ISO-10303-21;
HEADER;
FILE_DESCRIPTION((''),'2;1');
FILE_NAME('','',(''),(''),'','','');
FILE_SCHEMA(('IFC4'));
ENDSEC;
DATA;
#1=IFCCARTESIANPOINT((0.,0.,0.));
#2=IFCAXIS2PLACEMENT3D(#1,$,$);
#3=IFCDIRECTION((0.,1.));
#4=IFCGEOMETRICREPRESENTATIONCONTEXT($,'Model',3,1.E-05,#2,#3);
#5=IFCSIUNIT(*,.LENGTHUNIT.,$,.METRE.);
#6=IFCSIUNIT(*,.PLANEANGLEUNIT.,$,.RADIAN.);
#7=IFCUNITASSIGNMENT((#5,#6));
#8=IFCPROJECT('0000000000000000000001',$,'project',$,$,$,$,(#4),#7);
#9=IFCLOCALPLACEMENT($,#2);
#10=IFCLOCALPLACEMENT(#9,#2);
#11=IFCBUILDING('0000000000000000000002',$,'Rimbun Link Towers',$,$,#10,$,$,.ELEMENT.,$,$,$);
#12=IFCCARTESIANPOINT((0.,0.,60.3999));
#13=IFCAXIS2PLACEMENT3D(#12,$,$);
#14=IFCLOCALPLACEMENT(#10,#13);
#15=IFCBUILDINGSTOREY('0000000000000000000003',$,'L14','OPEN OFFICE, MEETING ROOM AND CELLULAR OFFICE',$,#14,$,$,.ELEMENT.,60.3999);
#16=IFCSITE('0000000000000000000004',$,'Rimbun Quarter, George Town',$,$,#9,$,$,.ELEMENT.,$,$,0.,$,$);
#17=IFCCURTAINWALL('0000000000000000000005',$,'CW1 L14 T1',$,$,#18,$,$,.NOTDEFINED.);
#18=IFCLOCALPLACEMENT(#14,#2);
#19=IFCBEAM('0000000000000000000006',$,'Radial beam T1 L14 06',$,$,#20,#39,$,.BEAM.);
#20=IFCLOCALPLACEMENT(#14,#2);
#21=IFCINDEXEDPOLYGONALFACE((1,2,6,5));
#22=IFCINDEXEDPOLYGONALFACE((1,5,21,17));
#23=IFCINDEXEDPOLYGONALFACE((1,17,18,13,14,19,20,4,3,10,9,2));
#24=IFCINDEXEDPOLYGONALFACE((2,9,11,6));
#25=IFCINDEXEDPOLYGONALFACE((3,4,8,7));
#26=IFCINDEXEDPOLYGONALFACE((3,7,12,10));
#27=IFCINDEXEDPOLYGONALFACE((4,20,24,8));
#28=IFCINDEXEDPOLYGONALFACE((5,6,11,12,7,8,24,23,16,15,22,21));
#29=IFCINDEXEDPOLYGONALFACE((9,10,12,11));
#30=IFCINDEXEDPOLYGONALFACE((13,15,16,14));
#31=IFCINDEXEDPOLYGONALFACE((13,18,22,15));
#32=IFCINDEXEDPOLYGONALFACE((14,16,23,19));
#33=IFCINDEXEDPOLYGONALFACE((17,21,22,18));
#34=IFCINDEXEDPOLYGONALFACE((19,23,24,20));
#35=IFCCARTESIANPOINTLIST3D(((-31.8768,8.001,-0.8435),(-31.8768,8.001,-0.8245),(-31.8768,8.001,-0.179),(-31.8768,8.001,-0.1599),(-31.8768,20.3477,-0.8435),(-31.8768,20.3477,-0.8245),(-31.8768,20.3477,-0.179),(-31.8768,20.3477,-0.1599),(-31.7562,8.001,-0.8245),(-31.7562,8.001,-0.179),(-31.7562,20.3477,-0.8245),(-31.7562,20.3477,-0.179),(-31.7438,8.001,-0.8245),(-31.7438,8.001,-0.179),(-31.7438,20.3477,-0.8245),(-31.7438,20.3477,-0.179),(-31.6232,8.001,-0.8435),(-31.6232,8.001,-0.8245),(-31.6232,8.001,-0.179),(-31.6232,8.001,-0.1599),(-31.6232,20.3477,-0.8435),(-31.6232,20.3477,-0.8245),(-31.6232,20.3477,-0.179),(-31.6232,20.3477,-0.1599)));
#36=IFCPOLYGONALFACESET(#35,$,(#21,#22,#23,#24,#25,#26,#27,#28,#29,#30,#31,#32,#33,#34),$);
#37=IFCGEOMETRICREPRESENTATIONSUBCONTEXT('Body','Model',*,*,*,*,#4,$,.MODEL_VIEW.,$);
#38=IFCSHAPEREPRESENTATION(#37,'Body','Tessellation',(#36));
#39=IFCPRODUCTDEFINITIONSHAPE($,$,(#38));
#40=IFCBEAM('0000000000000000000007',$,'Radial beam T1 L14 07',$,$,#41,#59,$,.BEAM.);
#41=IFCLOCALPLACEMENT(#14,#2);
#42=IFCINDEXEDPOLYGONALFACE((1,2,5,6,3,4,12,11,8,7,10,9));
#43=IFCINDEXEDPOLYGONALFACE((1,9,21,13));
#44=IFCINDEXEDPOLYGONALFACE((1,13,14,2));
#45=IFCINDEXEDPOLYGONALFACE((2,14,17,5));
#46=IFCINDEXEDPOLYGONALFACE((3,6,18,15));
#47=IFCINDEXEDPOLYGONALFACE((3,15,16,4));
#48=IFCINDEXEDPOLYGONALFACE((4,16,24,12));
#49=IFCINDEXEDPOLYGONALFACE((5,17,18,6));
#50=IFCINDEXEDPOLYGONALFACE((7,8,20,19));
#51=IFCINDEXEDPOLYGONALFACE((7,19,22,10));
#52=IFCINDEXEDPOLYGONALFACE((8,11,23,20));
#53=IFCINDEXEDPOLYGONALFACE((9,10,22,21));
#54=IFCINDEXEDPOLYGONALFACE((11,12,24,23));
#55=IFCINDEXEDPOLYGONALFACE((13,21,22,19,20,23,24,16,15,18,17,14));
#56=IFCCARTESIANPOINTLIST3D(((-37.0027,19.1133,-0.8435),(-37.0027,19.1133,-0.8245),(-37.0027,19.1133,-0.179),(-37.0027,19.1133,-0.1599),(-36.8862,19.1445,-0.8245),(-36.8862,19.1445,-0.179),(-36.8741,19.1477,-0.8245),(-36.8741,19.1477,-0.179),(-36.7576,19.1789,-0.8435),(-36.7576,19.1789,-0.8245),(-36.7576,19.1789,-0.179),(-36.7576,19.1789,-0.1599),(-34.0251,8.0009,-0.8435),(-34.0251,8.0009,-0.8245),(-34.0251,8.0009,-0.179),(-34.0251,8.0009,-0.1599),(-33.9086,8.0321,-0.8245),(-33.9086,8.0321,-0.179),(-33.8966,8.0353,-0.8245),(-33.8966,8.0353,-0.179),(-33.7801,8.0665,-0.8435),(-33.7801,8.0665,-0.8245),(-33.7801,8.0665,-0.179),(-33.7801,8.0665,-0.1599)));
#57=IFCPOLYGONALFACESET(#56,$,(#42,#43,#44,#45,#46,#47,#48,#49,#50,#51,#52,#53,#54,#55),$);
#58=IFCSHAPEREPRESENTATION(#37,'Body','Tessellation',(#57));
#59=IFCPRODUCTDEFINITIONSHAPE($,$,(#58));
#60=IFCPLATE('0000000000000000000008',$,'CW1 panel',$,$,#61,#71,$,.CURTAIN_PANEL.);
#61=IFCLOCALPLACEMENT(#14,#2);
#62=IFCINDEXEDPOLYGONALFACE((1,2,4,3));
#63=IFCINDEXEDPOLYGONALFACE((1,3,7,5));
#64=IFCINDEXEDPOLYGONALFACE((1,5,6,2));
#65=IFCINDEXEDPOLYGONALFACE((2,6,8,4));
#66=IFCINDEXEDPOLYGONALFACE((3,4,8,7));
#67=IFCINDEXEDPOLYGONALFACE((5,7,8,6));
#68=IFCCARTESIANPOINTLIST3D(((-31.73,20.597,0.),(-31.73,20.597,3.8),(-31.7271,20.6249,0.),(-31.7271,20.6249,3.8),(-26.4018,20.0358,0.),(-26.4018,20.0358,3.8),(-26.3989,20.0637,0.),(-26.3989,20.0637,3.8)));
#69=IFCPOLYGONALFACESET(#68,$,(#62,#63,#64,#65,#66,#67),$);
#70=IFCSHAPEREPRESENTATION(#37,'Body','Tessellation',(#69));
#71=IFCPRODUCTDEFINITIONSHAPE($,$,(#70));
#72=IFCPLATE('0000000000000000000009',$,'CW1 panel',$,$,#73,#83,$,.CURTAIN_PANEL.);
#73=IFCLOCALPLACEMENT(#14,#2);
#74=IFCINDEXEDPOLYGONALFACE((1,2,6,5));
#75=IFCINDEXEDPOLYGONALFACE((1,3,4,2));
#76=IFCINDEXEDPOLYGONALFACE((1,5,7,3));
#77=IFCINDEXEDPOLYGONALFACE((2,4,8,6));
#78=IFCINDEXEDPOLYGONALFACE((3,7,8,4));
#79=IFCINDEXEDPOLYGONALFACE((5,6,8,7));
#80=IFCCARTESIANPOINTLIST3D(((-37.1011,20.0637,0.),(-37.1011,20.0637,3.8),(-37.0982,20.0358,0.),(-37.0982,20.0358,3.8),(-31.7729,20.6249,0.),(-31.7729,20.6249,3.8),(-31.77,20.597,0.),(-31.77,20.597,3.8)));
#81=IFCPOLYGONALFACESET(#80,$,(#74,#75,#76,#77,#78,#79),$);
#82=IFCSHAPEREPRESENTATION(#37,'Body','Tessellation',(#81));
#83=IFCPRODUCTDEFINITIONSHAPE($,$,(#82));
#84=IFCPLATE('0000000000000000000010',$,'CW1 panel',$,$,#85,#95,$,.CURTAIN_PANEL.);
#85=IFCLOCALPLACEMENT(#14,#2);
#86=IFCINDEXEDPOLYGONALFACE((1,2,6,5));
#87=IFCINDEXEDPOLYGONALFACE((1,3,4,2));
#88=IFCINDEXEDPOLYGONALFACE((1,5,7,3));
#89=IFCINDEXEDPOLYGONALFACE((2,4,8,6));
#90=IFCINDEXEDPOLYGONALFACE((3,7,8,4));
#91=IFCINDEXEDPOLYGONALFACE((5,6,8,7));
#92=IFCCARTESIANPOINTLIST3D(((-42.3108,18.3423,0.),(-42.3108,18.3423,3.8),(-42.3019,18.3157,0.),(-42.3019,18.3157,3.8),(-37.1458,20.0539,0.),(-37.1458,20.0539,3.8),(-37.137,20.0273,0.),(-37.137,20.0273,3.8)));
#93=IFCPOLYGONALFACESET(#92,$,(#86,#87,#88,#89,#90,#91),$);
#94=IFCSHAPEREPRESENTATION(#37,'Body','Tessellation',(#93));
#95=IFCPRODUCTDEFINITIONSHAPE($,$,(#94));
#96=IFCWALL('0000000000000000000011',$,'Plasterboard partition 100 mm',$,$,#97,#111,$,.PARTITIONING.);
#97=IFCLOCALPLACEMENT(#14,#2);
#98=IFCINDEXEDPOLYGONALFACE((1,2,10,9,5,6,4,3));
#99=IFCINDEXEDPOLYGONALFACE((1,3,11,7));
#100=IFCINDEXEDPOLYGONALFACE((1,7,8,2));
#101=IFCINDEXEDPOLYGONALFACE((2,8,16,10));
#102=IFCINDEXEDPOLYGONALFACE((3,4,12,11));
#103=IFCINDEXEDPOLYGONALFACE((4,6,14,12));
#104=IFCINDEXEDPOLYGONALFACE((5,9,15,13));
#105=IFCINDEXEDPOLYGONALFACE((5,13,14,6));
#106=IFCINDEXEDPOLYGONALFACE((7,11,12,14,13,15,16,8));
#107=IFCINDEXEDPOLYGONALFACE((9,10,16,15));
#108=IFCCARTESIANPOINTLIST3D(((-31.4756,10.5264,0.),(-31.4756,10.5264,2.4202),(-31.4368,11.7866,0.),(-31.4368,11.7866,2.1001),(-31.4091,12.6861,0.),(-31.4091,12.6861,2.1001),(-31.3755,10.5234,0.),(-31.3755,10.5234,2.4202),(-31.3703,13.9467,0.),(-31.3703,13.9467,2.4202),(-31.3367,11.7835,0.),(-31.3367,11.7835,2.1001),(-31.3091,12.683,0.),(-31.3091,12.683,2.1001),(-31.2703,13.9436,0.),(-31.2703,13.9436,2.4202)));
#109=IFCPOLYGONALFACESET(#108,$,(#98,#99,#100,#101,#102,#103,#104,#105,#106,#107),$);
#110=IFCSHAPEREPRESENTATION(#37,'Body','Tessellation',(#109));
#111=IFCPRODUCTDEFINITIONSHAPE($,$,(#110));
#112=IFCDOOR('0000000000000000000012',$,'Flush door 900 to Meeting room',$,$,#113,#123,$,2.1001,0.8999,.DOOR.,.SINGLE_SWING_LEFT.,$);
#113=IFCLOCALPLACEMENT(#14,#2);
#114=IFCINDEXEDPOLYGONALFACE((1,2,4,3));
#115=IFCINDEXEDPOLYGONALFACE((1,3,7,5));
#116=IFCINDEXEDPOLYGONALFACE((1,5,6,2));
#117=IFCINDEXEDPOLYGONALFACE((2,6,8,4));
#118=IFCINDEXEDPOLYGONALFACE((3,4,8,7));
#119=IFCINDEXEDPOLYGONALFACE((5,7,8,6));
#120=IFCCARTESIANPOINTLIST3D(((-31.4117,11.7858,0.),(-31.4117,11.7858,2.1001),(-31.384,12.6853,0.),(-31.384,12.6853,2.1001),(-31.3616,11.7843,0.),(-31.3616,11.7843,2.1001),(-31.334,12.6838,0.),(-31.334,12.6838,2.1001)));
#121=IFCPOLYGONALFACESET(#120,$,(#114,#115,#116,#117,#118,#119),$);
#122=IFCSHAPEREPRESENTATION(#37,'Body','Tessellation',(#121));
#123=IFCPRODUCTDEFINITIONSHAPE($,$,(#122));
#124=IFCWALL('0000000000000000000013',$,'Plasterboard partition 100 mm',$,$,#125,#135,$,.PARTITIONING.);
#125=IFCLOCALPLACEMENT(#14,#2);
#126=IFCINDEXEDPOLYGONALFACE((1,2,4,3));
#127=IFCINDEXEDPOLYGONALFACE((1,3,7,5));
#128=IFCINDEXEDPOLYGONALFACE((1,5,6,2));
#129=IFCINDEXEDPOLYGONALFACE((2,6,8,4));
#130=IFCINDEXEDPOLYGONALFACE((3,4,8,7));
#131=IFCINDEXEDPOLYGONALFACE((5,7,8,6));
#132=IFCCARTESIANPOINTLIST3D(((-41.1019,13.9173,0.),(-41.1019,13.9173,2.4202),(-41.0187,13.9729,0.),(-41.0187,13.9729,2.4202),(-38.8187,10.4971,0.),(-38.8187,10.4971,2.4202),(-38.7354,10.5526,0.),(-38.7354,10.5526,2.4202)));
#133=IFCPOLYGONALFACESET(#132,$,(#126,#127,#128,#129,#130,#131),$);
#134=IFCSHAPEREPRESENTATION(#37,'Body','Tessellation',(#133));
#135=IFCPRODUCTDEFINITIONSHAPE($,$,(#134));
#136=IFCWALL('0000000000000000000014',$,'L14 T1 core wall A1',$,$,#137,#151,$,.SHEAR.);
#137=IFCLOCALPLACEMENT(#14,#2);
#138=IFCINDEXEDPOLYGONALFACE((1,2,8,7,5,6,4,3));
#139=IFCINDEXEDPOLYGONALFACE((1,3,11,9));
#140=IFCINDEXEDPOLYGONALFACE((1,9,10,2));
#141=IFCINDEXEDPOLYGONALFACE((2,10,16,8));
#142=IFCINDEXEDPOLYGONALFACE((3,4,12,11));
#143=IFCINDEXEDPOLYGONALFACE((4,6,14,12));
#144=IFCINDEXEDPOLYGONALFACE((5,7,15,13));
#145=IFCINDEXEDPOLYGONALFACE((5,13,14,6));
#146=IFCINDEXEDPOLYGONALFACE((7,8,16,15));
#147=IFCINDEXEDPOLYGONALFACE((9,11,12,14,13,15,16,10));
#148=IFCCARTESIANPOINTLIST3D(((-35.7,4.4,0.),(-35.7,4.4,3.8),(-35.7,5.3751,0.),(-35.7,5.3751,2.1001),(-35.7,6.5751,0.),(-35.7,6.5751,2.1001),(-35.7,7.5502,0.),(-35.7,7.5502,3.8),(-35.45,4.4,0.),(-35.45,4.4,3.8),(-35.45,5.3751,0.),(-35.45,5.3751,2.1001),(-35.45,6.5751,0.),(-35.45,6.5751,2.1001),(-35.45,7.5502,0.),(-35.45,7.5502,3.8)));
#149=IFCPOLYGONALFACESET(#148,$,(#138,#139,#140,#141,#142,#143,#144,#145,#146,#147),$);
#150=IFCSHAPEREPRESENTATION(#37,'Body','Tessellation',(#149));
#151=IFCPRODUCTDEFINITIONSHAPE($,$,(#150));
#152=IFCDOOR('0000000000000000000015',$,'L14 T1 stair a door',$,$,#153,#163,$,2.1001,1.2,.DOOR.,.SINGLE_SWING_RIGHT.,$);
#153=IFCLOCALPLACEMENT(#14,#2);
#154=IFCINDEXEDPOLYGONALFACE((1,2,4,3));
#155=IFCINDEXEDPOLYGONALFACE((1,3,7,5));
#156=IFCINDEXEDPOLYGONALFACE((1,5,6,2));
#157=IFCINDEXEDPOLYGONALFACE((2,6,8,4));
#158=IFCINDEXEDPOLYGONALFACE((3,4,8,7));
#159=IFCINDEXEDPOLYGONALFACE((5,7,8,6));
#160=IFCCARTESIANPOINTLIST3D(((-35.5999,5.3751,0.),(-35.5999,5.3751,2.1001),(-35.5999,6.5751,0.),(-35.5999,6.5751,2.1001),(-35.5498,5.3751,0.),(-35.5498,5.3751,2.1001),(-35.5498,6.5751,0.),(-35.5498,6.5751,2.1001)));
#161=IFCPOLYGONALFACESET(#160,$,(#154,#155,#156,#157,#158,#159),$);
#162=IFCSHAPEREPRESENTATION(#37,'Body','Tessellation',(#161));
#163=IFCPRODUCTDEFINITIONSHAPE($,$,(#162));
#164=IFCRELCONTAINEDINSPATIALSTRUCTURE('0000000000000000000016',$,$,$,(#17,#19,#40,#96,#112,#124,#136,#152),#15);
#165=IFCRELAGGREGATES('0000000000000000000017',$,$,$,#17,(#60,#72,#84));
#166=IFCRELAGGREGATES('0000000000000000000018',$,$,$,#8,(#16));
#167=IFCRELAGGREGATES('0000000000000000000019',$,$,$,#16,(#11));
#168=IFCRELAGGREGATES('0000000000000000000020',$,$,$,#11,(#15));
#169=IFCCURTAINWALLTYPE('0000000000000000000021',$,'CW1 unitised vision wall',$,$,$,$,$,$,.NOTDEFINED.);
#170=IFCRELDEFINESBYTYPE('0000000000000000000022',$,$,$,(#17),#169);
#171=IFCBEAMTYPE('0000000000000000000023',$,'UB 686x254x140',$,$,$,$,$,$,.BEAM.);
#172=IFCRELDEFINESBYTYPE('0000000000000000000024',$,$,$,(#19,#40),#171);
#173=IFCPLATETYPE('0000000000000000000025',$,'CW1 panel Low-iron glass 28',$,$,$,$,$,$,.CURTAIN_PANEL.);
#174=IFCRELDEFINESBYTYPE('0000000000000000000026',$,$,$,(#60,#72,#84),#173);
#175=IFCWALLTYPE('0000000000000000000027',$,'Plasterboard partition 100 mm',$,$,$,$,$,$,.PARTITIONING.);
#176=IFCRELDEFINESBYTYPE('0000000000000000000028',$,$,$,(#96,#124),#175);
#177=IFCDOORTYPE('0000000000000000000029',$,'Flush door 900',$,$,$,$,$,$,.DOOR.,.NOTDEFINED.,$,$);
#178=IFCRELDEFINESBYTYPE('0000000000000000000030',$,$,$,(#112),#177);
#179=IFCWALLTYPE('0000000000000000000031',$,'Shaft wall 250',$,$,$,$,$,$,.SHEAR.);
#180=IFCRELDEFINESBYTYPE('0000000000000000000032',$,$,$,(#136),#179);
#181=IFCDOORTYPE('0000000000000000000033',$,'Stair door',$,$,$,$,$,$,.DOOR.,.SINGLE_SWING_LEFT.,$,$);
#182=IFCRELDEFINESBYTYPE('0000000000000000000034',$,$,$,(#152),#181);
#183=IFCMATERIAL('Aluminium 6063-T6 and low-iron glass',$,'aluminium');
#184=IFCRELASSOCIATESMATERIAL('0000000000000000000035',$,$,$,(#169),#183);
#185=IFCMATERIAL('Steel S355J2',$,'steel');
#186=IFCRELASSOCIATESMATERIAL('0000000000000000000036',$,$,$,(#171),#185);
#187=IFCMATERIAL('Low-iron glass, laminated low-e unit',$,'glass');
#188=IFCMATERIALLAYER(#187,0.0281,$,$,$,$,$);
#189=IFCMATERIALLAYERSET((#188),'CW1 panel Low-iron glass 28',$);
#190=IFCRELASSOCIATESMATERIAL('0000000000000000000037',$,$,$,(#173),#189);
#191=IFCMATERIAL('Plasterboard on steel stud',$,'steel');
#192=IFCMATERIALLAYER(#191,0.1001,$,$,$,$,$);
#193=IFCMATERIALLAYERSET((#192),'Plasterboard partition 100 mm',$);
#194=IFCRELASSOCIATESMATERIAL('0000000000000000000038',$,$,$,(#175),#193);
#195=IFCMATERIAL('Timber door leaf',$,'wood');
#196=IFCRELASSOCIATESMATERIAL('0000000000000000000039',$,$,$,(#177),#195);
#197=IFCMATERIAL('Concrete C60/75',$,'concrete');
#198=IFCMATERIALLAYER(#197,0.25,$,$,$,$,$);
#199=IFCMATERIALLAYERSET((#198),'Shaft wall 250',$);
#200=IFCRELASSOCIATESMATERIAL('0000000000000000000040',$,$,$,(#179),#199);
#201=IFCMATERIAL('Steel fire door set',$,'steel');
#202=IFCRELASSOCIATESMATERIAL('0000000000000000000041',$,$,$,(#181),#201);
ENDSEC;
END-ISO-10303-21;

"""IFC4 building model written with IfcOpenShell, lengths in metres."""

from ifc_helpers import new_model, si_unit, direction, frame, frame_2d, origin, origin_2d, place, context, subcontext, project, spatial, rectangle, i_section, extrude, material, layer, layer_set, material_profile, profile_set, type_object, element, fill, aggregate, save


model = new_model("IFC4")

# Units and contexts
model_context = context("Model", 3, precision=1e-05, world=origin(), true_north=direction((0.0, 1.0)))
body_context = subcontext(model_context, "Body", "Model", "MODEL_VIEW")
ifc_project = project(units=[si_unit("LENGTHUNIT", "METRE"), si_unit("PLANEANGLEUNIT", "RADIAN")], contexts=[model_context])

# Site, building, storey
site_placement = place(None, origin())
site = spatial("IfcSite", under=ifc_project, at=site_placement, Name="Rimbun Quarter, George Town", CompositionType="ELEMENT", RefElevation=0.0)
building_placement = place(site_placement, origin())
building = spatial("IfcBuilding", under=site, at=building_placement, Name="Rimbun Link Towers", CompositionType="ELEMENT")
storey_placement = place(building_placement, frame((0.0, 0.0, 60.3999)))
storey = spatial("IfcBuildingStorey", under=building, at=storey_placement, Name="L14", Description="OPEN OFFICE, MEETING ROOM AND CELLULAR OFFICE", CompositionType="ELEMENT", Elevation=60.3999)

# Curtain wall
ifc_material_1 = material(Name="Aluminium 6063-T6 and low-iron glass", Category="aluminium")
curtain_wall_type = type_object("IfcCurtainWallType", Name="CW1 unitised vision wall", PredefinedType="NOTDEFINED", material=ifc_material_1)
curtain_wall_placement = place(storey_placement, origin())
curtain_wall = element("IfcCurtainWall", 1, at=curtain_wall_placement, inside=storey, type_object=curtain_wall_type, Name="CW1 L14 T1", PredefinedType="NOTDEFINED")

# Beams
ifc_material_2 = material(Name="Steel S355J2", Category="steel")
ifc_material_profile_1 = material_profile(ifc_material_2, i_section(OverallWidth=0.2537, OverallDepth=0.6836, WebThickness=0.0125, FlangeThickness=0.019, at=origin_2d()), Name="UB 686x254x140")
ifc_profile_set_1 = profile_set([ifc_material_profile_1], Name="Steel S355J2")
beam_type_1 = type_object("IfcBeamType", Name="UB 686x254x140", PredefinedType="BEAM", material=ifc_profile_set_1)
beam_1_placement = place(storey_placement, frame((-31.75, 8.001, -0.5017), z_axis=(0.0, 1.0, 0.0), x_axis=(-1.0, 0.0, 0.0)))
element("IfcBeam", 2, at=beam_1_placement, inside=storey, type_object=beam_type_1, Name="Radial beam T1 L14 06", PredefinedType="BEAM", context=body_context, shape_type="SweptSolid", body=[
    extrude(i_section(OverallWidth=0.2537, OverallDepth=0.6836, WebThickness=0.0125, FlangeThickness=0.019, at=origin_2d()), origin(), (0.0, 0.0, 1.0), 12.3467),
])
beam_2_placement = place(storey_placement, frame((-33.9026, 8.0337, -0.5017), z_axis=(-0.25882, 0.965926, 0.0), x_axis=(-0.965926, -0.25882, 0.0)))
element("IfcBeam", 3, at=beam_2_placement, inside=storey, type_object=beam_type_1, Name="Radial beam T1 L14 07", PredefinedType="BEAM", context=body_context, shape_type="SweptSolid", body=[
    extrude(i_section(OverallWidth=0.2537, OverallDepth=0.6836, WebThickness=0.0125, FlangeThickness=0.019, at=origin_2d()), origin(), (0.0, 0.0, 1.0), 11.5044),
])

# Plates
ifc_material_3 = material(Name="Low-iron glass, laminated low-e unit", Category="glass")
ifc_layer_1 = layer(ifc_material_3, 0.0281)
ifc_layer_set_1 = layer_set([ifc_layer_1], Name="CW1 panel Low-iron glass 28")
plate_type = type_object("IfcPlateType", Name="CW1 panel Low-iron glass 28", PredefinedType="CURTAIN_PANEL", material=ifc_layer_set_1)
plate_1_placement = place(storey_placement, frame((-29.0645, 20.3303, 0.0), z_axis=(0.0, 0.0, 1.0), x_axis=(0.994499, -0.104748, 0.0)))
plate_1 = element("IfcPlate", 4, at=plate_1_placement, type_object=plate_type, Name="CW1 panel", PredefinedType="CURTAIN_PANEL", context=body_context, shape_type="SweptSolid", body=[
    extrude(rectangle(XDim=5.3577, YDim=0.0281, at=origin_2d()), origin(), (0.0, 0.0, 1.0), 3.8),
])
plate_2_placement = place(storey_placement, frame((-34.4355, 20.3303, 0.0), z_axis=(0.0, 0.0, 1.0), x_axis=(0.994499, 0.104748, 0.0)))
plate_2 = element("IfcPlate", 5, at=plate_2_placement, type_object=plate_type, Name="CW1 panel", PredefinedType="CURTAIN_PANEL", context=body_context, shape_type="SweptSolid", body=[
    extrude(rectangle(XDim=5.3577, YDim=0.0281, at=origin_2d()), origin(), (0.0, 0.0, 1.0), 3.8),
])
plate_3_placement = place(storey_placement, frame((-39.7239, 19.1848, 0.0), z_axis=(0.0, 0.0, 1.0), x_axis=(0.949236, 0.314563, 0.0)))
plate_3 = element("IfcPlate", 6, at=plate_3_placement, type_object=plate_type, Name="CW1 panel", PredefinedType="CURTAIN_PANEL", context=body_context, shape_type="SweptSolid", body=[
    extrude(rectangle(XDim=5.4412, YDim=0.0281, at=origin_2d()), origin(), (0.0, 0.0, 1.0), 3.8),
])
aggregate(curtain_wall, [plate_1, plate_2, plate_3])

# Wall, opening, door
ifc_material_4 = material(Name="Plasterboard on steel stud", Category="steel")
ifc_layer_2 = layer(ifc_material_4, 0.1001)
ifc_layer_set_2 = layer_set([ifc_layer_2], Name="Plasterboard partition 100 mm")
wall_type_1 = type_object("IfcWallType", Name="Plasterboard partition 100 mm", PredefinedType="PARTITIONING", material=ifc_layer_set_2)
wall_1_placement = place(storey_placement, frame((-31.4255, 10.5249, 0.0), z_axis=(0.0, 0.0, 1.0), x_axis=(0.030751, 0.999527, 0.0)))
wall_1 = element("IfcWall", 7, at=wall_1_placement, inside=storey, type_object=wall_type_1, Name="Plasterboard partition 100 mm", PredefinedType="PARTITIONING", context=body_context, shape_type="SweptSolid", body=[
    extrude(rectangle(XDim=3.4219, YDim=0.1001, at=frame_2d((1.7109, 0.0))), origin(), (0.0, 0.0, 1.0), 2.4202),
])
opening_1_placement = place(wall_1_placement, frame((1.2607, 0.0, 0.0)))
opening_1 = element("IfcOpeningElement", 8, at=opening_1_placement, cuts=wall_1, PredefinedType="OPENING", context=body_context, shape_type="SweptSolid", body=[
    extrude(rectangle(XDim=0.8999, YDim=2.1001, at=frame_2d((0.45, 1.05))), frame((0.0, 0.0601, 0.0), z_axis=(0.0, -1.0, 0.0), x_axis=(1.0, 0.0, 0.0)), (0.0, 0.0, 1.0), 0.1201),
])
ifc_material_5 = material(Name="Timber door leaf", Category="wood")
door_type_1 = type_object("IfcDoorType", Name="Flush door 900", OperationType="NOTDEFINED", PredefinedType="DOOR", material=ifc_material_5)
door_1_placement = place(opening_1_placement, origin())
door_1 = element("IfcDoor", 9, at=door_1_placement, inside=storey, type_object=door_type_1, Name="Flush door 900 to Meeting room", OperationType="SINGLE_SWING_LEFT", OverallHeight=2.1001, OverallWidth=0.8999, PredefinedType="DOOR", context=body_context, shape_type="SweptSolid", body=[
    extrude(rectangle(XDim=0.8999, YDim=2.1001, at=frame_2d((0.45, 1.05))), frame((0.0, 0.0249, 0.0), z_axis=(0.0, -1.0, 0.0), x_axis=(1.0, 0.0, 0.0)), (0.0, 0.0, 1.0), 0.05),
])
fill(opening_1, door_1)

# Wall
wall_2_placement = place(storey_placement, frame((-41.0603, 13.9451, 0.0), z_axis=(0.0, 0.0, 1.0), x_axis=(0.555221, -0.831703, 0.0)))
element("IfcWall", 10, at=wall_2_placement, inside=storey, type_object=wall_type_1, Name="Plasterboard partition 100 mm", PredefinedType="PARTITIONING", context=body_context, shape_type="SweptSolid", body=[
    extrude(rectangle(XDim=4.1123, YDim=0.1001, at=frame_2d((2.0562, 0.0))), origin(), (0.0, 0.0, 1.0), 2.4202),
])

# Wall, opening, door
ifc_material_6 = material(Name="Concrete C60/75", Category="concrete")
ifc_layer_3 = layer(ifc_material_6, 0.25)
ifc_layer_set_3 = layer_set([ifc_layer_3], Name="Shaft wall 250")
wall_type_2 = type_object("IfcWallType", Name="Shaft wall 250", PredefinedType="SHEAR", material=ifc_layer_set_3)
wall_3_placement = place(storey_placement, frame((-35.575, 4.3999, 0.0), z_axis=(0.0, 0.0, 1.0), x_axis=(0.0, 1.0, 0.0)))
wall_3 = element("IfcWall", 11, at=wall_3_placement, inside=storey, type_object=wall_type_2, Name="L14 T1 core wall A1", PredefinedType="SHEAR", context=body_context, shape_type="SweptSolid", body=[
    extrude(rectangle(XDim=3.1501, YDim=0.25, at=frame_2d((1.5752, 0.0))), origin(), (0.0, 0.0, 1.0), 3.8),
])
opening_2_placement = place(wall_3_placement, frame((0.9751, 0.0, 0.0)))
opening_2 = element("IfcOpeningElement", 12, at=opening_2_placement, cuts=wall_3, PredefinedType="OPENING", context=body_context, shape_type="SweptSolid", body=[
    extrude(rectangle(XDim=1.2, YDim=2.1001, at=frame_2d((0.6001, 1.05))), frame((0.0, 0.135, 0.0), z_axis=(0.0, -1.0, 0.0), x_axis=(1.0, 0.0, 0.0)), (0.0, 0.0, 1.0), 0.27),
])
ifc_material_7 = material(Name="Steel fire door set", Category="steel")
door_type_2 = type_object("IfcDoorType", Name="Stair door", OperationType="SINGLE_SWING_LEFT", PredefinedType="DOOR", material=ifc_material_7)
door_2_placement = place(opening_2_placement, origin())
door_2 = element("IfcDoor", 13, at=door_2_placement, inside=storey, type_object=door_type_2, Name="L14 T1 stair a door", OperationType="SINGLE_SWING_RIGHT", OverallHeight=2.1001, OverallWidth=1.2, PredefinedType="DOOR", context=body_context, shape_type="SweptSolid", body=[
    extrude(rectangle(XDim=1.2, YDim=2.1001, at=frame_2d((0.6001, 1.05))), frame((0.0, 0.0249, 0.0), z_axis=(0.0, -1.0, 0.0), x_axis=(1.0, 0.0, 0.0)), (0.0, 0.0, 1.0), 0.05),
])
fill(opening_2, door_2)

save(model, "model.ifc")
